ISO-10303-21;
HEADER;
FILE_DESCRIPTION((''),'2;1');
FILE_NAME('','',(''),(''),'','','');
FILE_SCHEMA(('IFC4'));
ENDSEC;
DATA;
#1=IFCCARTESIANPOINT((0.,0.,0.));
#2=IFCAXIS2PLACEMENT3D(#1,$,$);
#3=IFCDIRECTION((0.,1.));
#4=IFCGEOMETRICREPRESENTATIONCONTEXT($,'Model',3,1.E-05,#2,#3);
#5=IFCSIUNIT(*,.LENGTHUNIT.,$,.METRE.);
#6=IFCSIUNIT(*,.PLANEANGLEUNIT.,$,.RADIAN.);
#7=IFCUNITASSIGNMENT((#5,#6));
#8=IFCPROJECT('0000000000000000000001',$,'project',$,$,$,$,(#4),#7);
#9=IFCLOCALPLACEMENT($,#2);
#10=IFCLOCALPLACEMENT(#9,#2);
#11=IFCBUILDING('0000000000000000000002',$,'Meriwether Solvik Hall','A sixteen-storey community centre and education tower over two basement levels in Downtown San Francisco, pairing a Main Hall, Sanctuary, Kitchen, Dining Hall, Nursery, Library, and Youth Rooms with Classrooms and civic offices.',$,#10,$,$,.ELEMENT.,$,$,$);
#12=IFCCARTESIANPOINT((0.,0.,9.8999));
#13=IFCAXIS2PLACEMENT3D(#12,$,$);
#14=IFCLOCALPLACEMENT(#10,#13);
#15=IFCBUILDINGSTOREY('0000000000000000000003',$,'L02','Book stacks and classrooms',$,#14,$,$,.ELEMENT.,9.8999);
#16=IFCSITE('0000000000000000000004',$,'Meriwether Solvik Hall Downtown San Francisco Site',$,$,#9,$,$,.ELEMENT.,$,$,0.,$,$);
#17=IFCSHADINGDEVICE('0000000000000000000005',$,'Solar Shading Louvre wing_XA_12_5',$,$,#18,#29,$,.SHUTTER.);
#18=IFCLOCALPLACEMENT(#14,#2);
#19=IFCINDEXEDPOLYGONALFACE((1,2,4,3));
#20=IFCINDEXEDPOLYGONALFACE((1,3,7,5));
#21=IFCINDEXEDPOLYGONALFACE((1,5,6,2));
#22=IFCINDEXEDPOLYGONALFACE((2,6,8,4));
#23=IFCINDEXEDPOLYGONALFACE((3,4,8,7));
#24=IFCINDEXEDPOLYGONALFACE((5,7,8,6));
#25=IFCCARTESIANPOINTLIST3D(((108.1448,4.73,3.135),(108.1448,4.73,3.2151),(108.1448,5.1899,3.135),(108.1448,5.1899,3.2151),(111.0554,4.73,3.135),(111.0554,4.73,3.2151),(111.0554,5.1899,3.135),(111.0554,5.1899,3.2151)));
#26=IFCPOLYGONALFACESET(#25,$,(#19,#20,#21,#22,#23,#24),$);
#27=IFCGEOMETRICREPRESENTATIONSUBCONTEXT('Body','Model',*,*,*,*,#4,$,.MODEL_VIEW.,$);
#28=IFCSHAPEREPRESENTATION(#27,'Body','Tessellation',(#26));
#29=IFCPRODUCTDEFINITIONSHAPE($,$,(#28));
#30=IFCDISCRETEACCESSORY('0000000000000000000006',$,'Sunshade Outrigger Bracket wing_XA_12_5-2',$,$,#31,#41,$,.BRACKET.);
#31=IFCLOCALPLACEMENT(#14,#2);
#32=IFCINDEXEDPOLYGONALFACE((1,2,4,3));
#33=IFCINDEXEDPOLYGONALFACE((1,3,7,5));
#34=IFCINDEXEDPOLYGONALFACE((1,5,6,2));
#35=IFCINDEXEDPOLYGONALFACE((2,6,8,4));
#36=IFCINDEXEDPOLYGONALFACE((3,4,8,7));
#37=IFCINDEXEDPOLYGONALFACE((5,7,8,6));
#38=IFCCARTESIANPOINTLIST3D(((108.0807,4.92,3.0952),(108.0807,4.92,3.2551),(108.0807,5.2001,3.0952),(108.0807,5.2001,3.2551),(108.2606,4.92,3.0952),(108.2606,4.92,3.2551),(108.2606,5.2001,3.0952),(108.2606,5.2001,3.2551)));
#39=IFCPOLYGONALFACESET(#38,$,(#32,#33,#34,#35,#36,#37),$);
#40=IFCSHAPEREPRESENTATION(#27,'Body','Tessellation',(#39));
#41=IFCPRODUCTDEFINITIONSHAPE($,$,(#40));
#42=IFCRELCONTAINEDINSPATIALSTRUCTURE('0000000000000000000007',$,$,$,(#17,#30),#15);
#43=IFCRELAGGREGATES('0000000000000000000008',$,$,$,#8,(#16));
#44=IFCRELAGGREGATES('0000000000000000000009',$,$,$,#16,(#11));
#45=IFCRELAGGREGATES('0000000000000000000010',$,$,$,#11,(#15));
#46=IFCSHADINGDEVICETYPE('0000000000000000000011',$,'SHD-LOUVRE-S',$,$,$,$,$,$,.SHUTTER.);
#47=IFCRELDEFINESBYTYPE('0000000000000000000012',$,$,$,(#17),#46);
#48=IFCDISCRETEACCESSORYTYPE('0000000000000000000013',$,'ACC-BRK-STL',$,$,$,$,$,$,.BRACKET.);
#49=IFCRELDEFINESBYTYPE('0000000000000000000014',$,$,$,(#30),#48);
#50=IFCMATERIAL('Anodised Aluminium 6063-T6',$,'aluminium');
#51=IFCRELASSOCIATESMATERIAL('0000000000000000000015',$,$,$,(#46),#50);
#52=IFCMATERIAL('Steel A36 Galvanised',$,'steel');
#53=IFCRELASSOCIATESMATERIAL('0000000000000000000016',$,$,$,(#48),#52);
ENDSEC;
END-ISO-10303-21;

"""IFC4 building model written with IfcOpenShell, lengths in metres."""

from ifc_helpers import new_model, si_unit, direction, frame, origin, origin_2d, place, context, subcontext, project, spatial, rectangle, extrude, material, type_object, element, save


model = new_model("IFC4")

# Units and contexts
model_context = context("Model", 3, precision=1e-05, world=origin(), true_north=direction((0.0, 1.0)))
body_context = subcontext(model_context, "Body", "Model", "MODEL_VIEW")
ifc_project = project(units=[si_unit("LENGTHUNIT", "METRE"), si_unit("PLANEANGLEUNIT", "RADIAN")], contexts=[model_context])

# Site, building, storey
site_placement = place(None, origin())
site = spatial("IfcSite", under=ifc_project, at=site_placement, Name="Meriwether Solvik Hall Downtown San Francisco Site", CompositionType="ELEMENT", RefElevation=0.0)
building_placement = place(site_placement, origin())
building = spatial("IfcBuilding", under=site, at=building_placement, Name="Meriwether Solvik Hall", Description="A sixteen-storey community centre and education tower over two basement levels in Downtown San Francisco, pairing a Main Hall, Sanctuary, Kitchen, Dining Hall, Nursery, Library, and Youth Rooms with Classrooms and civic offices.", CompositionType="ELEMENT")
storey_placement = place(building_placement, frame((0.0, 0.0, 9.8999)))
storey = spatial("IfcBuildingStorey", under=building, at=storey_placement, Name="L02", Description="Book stacks and classrooms", CompositionType="ELEMENT", Elevation=9.8999)

# Shading device
ifc_material_1 = material(Name="Anodised Aluminium 6063-T6", Category="aluminium")
shading_device_type = type_object("IfcShadingDeviceType", Name="SHD-LOUVRE-S", PredefinedType="SHUTTER", material=ifc_material_1)
shading_device_placement = place(storey_placement, frame((109.6001, 4.96, 3.135), z_axis=(0.0, 0.0, 1.0), x_axis=(-1.0, 0.0, 0.0)))
element("IfcShadingDevice", 1, at=shading_device_placement, inside=storey, type_object=shading_device_type, Name="Solar Shading Louvre wing_XA_12_5", PredefinedType="SHUTTER", context=body_context, shape_type="SweptSolid", body=[
    extrude(rectangle(XDim=2.9106, YDim=0.46, at=origin_2d()), origin(), (0.0, 0.0, 1.0), 0.0801),
])

# Discrete accessory
ifc_material_2 = material(Name="Steel A36 Galvanised", Category="steel")
discrete_accessory_type = type_object("IfcDiscreteAccessoryType", Name="ACC-BRK-STL", PredefinedType="BRACKET", material=ifc_material_2)
discrete_accessory_placement = place(storey_placement, frame((108.1707, 5.0601, 3.0952), z_axis=(0.0, 0.0, 1.0), x_axis=(-1.0, 0.0, 0.0)))
element("IfcDiscreteAccessory", 2, at=discrete_accessory_placement, inside=storey, type_object=discrete_accessory_type, Name="Sunshade Outrigger Bracket wing_XA_12_5-2", PredefinedType="BRACKET", context=body_context, shape_type="SweptSolid", body=[
    extrude(rectangle(XDim=0.1799, YDim=0.28, at=origin_2d()), origin(), (0.0, 0.0, 1.0), 0.1599),
])

save(model, "model.ifc")
